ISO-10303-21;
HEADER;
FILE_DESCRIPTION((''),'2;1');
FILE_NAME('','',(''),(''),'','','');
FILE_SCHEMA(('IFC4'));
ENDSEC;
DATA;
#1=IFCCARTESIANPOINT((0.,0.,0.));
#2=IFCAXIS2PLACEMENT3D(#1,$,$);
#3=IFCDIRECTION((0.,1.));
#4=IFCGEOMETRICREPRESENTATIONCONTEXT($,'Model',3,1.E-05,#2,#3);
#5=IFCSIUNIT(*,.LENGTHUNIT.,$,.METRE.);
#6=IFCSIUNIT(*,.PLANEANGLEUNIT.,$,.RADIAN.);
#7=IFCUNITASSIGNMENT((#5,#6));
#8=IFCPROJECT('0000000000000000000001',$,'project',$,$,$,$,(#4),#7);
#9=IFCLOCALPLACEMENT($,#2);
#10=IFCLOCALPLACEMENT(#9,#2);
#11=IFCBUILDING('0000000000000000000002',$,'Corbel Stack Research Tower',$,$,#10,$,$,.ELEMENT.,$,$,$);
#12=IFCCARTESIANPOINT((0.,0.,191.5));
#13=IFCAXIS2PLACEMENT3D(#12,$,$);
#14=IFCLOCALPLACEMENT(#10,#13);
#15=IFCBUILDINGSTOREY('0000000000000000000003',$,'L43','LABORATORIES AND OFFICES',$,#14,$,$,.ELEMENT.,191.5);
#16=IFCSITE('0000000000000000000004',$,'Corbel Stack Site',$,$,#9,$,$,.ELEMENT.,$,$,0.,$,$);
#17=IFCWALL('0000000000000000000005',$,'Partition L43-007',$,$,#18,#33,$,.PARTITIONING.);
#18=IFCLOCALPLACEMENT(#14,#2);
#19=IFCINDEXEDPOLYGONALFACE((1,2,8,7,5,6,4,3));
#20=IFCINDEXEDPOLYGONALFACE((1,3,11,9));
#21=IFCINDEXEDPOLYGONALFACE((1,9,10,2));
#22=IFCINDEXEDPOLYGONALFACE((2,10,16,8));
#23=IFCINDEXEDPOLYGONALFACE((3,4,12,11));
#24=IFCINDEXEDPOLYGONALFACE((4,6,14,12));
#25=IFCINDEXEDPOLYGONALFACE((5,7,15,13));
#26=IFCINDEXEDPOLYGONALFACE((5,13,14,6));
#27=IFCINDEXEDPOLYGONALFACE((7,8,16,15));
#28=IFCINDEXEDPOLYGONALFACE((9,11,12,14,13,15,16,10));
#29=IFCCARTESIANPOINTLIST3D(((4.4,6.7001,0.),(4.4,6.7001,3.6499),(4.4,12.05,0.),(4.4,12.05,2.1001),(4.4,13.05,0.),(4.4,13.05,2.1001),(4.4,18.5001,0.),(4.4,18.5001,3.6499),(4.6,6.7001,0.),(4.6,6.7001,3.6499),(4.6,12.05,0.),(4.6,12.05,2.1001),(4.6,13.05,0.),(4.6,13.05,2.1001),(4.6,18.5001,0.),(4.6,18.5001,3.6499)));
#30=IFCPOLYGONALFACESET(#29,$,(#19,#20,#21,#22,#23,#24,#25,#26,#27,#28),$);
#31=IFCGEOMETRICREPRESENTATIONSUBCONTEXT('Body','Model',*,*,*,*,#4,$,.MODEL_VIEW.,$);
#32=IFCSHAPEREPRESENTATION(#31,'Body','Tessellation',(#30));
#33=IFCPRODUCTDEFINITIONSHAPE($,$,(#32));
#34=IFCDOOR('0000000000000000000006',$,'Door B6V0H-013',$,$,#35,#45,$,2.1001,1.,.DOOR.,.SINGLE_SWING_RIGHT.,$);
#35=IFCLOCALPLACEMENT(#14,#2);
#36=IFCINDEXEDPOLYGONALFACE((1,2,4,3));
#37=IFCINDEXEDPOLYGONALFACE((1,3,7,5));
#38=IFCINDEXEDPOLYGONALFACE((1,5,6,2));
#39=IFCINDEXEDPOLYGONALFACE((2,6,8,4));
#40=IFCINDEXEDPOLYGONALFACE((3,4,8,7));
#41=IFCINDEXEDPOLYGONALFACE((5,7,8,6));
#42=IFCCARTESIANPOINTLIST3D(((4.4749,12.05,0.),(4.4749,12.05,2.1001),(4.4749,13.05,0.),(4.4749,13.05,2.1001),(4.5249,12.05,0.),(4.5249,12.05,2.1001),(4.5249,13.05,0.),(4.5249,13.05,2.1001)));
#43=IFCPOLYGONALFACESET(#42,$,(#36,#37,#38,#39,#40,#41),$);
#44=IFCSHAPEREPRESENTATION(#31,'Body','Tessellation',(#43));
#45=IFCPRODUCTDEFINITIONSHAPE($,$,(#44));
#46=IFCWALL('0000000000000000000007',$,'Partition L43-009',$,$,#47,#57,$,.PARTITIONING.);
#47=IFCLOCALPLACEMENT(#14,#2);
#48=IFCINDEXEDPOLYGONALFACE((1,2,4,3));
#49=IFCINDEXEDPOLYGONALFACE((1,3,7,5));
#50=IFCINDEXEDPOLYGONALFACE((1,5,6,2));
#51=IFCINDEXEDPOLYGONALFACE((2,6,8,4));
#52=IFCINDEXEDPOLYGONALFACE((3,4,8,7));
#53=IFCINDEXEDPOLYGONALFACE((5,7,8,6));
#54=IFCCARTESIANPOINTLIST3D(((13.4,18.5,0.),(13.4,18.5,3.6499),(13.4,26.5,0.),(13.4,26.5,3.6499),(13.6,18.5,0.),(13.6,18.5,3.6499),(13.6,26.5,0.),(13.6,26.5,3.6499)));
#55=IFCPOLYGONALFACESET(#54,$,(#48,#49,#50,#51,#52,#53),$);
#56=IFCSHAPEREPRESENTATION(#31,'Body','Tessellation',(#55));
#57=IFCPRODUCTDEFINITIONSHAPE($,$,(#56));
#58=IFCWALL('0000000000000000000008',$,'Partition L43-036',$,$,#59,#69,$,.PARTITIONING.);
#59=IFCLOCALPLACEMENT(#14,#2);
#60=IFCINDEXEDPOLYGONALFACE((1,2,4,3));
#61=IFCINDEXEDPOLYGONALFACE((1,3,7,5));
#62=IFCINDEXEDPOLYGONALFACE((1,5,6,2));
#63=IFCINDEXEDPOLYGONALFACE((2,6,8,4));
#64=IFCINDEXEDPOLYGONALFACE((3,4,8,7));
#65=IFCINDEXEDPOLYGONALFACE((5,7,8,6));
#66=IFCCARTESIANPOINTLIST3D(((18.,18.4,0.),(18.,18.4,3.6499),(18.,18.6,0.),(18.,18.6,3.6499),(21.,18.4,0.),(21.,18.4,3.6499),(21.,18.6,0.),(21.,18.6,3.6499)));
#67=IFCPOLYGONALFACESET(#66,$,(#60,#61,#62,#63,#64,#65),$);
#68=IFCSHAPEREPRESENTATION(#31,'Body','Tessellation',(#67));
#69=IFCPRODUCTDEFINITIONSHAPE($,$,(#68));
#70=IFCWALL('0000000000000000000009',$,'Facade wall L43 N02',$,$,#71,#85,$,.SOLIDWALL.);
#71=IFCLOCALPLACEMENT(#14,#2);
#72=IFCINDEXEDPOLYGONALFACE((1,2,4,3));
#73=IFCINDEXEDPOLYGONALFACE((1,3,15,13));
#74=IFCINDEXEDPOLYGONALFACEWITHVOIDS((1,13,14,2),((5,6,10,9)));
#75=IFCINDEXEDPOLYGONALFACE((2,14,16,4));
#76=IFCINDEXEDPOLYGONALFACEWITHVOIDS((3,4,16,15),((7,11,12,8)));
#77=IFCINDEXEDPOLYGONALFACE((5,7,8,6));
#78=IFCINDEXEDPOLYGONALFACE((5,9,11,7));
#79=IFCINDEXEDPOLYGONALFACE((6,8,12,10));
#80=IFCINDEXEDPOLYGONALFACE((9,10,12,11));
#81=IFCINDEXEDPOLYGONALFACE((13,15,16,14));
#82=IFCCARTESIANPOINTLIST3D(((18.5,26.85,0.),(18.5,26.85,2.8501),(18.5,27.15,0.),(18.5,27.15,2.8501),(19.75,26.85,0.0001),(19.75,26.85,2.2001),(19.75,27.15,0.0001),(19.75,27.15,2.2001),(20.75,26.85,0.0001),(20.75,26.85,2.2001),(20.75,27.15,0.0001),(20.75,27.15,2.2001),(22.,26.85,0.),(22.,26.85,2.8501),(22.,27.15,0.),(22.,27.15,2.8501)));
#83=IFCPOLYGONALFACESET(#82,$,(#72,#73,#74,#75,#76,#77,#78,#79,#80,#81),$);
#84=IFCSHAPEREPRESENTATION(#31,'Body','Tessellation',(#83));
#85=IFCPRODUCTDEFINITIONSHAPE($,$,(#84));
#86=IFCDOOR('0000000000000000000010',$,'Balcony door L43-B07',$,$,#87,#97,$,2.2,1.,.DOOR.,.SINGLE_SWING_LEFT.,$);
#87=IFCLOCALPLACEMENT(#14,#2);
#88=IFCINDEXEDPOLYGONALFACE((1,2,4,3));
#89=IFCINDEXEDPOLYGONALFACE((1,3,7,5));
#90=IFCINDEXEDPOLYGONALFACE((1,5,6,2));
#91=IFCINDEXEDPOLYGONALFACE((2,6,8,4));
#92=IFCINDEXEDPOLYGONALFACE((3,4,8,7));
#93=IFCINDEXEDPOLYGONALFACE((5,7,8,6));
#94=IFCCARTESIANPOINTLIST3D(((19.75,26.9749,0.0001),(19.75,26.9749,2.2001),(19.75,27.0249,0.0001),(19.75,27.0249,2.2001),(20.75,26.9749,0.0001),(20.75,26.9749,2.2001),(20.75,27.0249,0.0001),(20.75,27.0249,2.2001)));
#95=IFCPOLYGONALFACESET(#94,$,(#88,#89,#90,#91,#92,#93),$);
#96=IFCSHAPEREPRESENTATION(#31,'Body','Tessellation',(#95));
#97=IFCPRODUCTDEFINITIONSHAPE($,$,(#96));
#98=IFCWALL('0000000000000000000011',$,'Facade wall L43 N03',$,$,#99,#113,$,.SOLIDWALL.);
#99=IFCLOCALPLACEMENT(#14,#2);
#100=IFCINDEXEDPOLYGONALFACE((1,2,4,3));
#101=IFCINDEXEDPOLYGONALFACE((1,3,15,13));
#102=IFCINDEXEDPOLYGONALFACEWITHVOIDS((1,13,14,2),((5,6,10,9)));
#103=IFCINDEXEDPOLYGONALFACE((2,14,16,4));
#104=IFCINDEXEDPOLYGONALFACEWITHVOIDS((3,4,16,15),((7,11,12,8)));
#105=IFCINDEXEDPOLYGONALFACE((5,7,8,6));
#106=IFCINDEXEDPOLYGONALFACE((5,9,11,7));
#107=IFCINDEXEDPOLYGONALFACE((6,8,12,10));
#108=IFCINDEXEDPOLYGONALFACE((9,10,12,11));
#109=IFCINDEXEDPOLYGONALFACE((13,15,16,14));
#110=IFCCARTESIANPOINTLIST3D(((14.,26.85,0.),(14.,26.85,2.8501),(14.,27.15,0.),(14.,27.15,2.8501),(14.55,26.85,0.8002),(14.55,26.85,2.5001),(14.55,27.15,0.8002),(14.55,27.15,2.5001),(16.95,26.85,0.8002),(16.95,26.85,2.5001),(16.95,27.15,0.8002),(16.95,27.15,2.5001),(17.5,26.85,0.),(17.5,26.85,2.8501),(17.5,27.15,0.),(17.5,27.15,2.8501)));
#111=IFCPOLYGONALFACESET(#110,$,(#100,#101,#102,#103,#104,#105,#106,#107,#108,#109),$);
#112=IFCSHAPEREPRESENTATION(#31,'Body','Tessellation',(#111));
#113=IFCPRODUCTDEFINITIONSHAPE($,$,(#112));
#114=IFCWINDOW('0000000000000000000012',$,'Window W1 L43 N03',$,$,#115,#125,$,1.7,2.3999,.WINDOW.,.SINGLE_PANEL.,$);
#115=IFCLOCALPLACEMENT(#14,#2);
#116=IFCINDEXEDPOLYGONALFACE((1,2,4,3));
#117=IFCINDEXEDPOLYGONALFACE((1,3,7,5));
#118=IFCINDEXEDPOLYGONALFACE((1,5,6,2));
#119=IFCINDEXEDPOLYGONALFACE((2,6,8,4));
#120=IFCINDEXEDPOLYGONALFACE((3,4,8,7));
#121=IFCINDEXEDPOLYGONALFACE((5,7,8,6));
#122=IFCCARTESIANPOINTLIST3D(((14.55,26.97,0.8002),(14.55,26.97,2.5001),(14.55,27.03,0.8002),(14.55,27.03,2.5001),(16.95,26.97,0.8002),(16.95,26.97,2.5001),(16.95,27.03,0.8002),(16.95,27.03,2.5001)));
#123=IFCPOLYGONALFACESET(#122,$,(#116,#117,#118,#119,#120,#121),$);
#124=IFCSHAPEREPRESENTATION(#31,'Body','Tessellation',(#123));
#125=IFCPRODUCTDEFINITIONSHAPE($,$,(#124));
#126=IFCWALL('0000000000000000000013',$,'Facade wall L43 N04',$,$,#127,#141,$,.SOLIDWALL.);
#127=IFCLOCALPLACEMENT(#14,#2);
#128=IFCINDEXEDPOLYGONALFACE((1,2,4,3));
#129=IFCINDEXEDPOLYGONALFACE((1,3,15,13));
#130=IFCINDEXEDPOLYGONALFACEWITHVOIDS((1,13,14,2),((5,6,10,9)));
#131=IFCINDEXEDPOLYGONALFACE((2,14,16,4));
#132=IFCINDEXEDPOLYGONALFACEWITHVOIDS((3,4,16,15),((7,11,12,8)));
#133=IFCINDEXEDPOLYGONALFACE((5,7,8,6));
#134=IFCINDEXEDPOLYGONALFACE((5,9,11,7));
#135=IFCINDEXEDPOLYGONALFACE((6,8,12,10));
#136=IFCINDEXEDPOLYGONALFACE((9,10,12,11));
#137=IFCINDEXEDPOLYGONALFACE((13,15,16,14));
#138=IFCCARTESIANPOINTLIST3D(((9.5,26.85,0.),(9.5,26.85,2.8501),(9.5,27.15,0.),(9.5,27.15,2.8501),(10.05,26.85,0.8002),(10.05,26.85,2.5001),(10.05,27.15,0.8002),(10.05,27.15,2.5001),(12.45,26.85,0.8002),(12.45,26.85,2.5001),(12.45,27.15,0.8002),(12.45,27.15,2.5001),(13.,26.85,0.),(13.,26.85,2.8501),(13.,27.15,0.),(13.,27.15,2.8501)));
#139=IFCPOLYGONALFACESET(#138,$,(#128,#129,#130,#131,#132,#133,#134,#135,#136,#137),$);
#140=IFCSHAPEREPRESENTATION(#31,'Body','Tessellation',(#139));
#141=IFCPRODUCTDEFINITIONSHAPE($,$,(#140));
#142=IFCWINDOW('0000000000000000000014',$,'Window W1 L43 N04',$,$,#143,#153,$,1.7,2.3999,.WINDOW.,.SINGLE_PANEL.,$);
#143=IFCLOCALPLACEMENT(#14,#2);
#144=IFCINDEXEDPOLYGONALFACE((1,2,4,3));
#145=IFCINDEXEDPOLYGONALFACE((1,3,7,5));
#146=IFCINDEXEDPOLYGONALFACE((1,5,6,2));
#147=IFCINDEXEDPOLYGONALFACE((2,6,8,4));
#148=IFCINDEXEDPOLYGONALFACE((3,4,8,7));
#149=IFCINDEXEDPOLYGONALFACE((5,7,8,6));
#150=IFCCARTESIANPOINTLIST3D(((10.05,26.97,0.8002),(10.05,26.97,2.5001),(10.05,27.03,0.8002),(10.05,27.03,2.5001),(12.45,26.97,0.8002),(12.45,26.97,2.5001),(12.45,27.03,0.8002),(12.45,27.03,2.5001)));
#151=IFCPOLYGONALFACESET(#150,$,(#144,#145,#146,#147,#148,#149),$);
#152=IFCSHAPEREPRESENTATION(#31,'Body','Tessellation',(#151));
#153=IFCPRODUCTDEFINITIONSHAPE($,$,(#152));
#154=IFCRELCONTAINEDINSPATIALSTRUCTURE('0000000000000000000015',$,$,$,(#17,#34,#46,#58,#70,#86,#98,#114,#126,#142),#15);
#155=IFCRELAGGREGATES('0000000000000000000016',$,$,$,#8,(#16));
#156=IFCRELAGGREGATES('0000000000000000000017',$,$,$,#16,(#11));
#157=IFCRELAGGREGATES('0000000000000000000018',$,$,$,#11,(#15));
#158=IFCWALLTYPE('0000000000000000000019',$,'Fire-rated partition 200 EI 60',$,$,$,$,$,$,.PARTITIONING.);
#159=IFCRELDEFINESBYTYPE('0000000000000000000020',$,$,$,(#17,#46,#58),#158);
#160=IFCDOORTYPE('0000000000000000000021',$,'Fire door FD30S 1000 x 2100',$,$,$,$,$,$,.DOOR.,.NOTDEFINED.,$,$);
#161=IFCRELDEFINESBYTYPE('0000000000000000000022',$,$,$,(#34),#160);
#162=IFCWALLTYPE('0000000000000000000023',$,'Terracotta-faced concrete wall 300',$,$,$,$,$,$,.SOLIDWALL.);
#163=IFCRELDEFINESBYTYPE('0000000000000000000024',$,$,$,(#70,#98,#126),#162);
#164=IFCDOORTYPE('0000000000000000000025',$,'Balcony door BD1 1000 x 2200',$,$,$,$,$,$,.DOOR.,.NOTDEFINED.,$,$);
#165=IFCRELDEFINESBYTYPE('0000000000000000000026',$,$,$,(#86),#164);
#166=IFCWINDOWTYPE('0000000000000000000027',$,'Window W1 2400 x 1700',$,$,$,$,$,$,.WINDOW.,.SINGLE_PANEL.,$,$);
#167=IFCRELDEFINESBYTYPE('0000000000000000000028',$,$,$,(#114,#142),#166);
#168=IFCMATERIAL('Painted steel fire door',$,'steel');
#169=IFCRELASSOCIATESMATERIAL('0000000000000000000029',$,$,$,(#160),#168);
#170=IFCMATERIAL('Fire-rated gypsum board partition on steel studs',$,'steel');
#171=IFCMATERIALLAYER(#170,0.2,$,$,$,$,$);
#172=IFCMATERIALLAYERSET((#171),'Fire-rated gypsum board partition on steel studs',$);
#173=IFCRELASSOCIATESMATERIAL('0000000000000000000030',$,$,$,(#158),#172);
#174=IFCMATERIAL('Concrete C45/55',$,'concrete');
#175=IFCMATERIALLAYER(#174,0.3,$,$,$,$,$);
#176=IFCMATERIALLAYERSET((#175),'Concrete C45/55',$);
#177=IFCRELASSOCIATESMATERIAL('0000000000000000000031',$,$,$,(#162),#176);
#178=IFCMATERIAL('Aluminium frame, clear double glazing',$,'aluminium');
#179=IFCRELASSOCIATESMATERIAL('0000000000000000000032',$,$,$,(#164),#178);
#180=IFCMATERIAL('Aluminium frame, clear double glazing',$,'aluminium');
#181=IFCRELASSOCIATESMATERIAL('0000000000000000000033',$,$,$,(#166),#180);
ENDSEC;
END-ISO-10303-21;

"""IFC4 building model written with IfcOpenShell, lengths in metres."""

from ifc_helpers import new_model, si_unit, direction, frame, frame_2d, origin, place, context, subcontext, project, spatial, rectangle, extrude, material, layer, layer_set, type_object, element, fill, save


model = new_model("IFC4")

# Units and contexts
model_context = context("Model", 3, precision=1e-05, world=origin(), true_north=direction((0.0, 1.0)))
body_context = subcontext(model_context, "Body", "Model", "MODEL_VIEW")
ifc_project = project(units=[si_unit("LENGTHUNIT", "METRE"), si_unit("PLANEANGLEUNIT", "RADIAN")], contexts=[model_context])

# Site, building, storey
site_placement = place(None, origin())
site = spatial("IfcSite", under=ifc_project, at=site_placement, Name="Corbel Stack Site", CompositionType="ELEMENT", RefElevation=0.0)
building_placement = place(site_placement, origin())
building = spatial("IfcBuilding", under=site, at=building_placement, Name="Corbel Stack Research Tower", CompositionType="ELEMENT")
storey_placement = place(building_placement, frame((0.0, 0.0, 191.5)))
storey = spatial("IfcBuildingStorey", under=building, at=storey_placement, Name="L43", Description="LABORATORIES AND OFFICES", CompositionType="ELEMENT", Elevation=191.5)

# Wall, opening, door
ifc_material_1 = material(Name="Painted steel fire door", Category="steel")
door_type_1 = type_object("IfcDoorType", Name="Fire door FD30S 1000 x 2100", OperationType="NOTDEFINED", PredefinedType="DOOR", material=ifc_material_1)
ifc_material_2 = material(Name="Fire-rated gypsum board partition on steel studs", Category="steel")
ifc_layer_1 = layer(ifc_material_2, 0.2)
ifc_layer_set_1 = layer_set([ifc_layer_1], Name="Fire-rated gypsum board partition on steel studs")
wall_type_1 = type_object("IfcWallType", Name="Fire-rated partition 200 EI 60", PredefinedType="PARTITIONING", material=ifc_layer_set_1)
wall_1_placement = place(storey_placement, frame((4.5, 18.5, 0.0), z_axis=(0.0, 0.0, 1.0), x_axis=(0.0, -1.0, 0.0)))
wall_1 = element("IfcWall", 1, at=wall_1_placement, inside=storey, type_object=wall_type_1, Name="Partition L43-007", PredefinedType="PARTITIONING", context=body_context, shape_type="SweptSolid", body=[
    extrude(rectangle(XDim=11.8, YDim=0.2, at=frame_2d((5.8999, 0.0))), origin(), (0.0, 0.0, 1.0), 3.6499),
])
opening_1_placement = place(wall_1_placement, frame((5.45, 0.0, 0.0)))
opening_1 = element("IfcOpeningElement", 2, at=opening_1_placement, cuts=wall_1, PredefinedType="OPENING", context=body_context, shape_type="SweptSolid", body=[
    extrude(rectangle(XDim=1.0, YDim=2.1001, at=frame_2d((0.5, 1.05))), frame((0.0, 0.1099, 0.0), z_axis=(0.0, -1.0, 0.0), x_axis=(1.0, 0.0, 0.0)), (0.0, 0.0, 1.0), 0.22),
])
door_1_placement = place(opening_1_placement, origin())
door_1 = element("IfcDoor", 3, at=door_1_placement, inside=storey, type_object=door_type_1, Name="Door B6V0H-013", OperationType="SINGLE_SWING_RIGHT", OverallHeight=2.1001, OverallWidth=1.0, PredefinedType="DOOR", context=body_context, shape_type="SweptSolid", body=[
    extrude(rectangle(XDim=1.0, YDim=2.1001, at=frame_2d((0.5, 1.05))), frame((0.0, 0.0249, 0.0), z_axis=(0.0, -1.0, 0.0), x_axis=(1.0, 0.0, 0.0)), (0.0, 0.0, 1.0), 0.05),
])
fill(opening_1, door_1)

# Walls
wall_2_placement = place(storey_placement, frame((13.5, 18.5, 0.0), z_axis=(0.0, 0.0, 1.0), x_axis=(0.0, 1.0, 0.0)))
element("IfcWall", 4, at=wall_2_placement, inside=storey, type_object=wall_type_1, Name="Partition L43-009", PredefinedType="PARTITIONING", context=body_context, shape_type="SweptSolid", body=[
    extrude(rectangle(XDim=8.0, YDim=0.2, at=frame_2d((4.0, 0.0))), origin(), (0.0, 0.0, 1.0), 3.6499),
])
wall_3_placement = place(storey_placement, frame((18.0, 18.5, 0.0), z_axis=(0.0, 0.0, 1.0), x_axis=(1.0, 0.0, 0.0)))
element("IfcWall", 5, at=wall_3_placement, inside=storey, type_object=wall_type_1, Name="Partition L43-036", PredefinedType="PARTITIONING", context=body_context, shape_type="SweptSolid", body=[
    extrude(rectangle(XDim=3.0, YDim=0.2, at=frame_2d((1.5, 0.0))), origin(), (0.0, 0.0, 1.0), 3.6499),
])

# Wall, opening, door
ifc_material_3 = material(Name="Concrete C45/55", Category="concrete")
ifc_layer_2 = layer(ifc_material_3, 0.3)
ifc_layer_set_2 = layer_set([ifc_layer_2], Name="Concrete C45/55")
wall_type_2 = type_object("IfcWallType", Name="Terracotta-faced concrete wall 300", PredefinedType="SOLIDWALL", material=ifc_layer_set_2)
wall_4_placement = place(storey_placement, frame((18.5, 27.0, 0.0), z_axis=(0.0, 0.0, 1.0), x_axis=(1.0, 0.0, 0.0)))
wall_4 = element("IfcWall", 6, at=wall_4_placement, inside=storey, type_object=wall_type_2, Name="Facade wall L43 N02", PredefinedType="SOLIDWALL", context=body_context, shape_type="SweptSolid", body=[
    extrude(rectangle(XDim=3.5, YDim=0.3, at=frame_2d((1.75, 0.0))), origin(), (0.0, 0.0, 1.0), 2.8501),
])
opening_2_placement = place(wall_4_placement, frame((1.25, 0.0, 0.0)))
opening_2 = element("IfcOpeningElement", 7, at=opening_2_placement, cuts=wall_4, PredefinedType="OPENING", context=body_context, shape_type="SweptSolid", body=[
    extrude(rectangle(XDim=1.0, YDim=2.2, at=frame_2d((0.5, 1.1001))), frame((0.0, 0.1599, 0.0), z_axis=(0.0, -1.0, 0.0), x_axis=(1.0, 0.0, 0.0)), (0.0, 0.0, 1.0), 0.3201),
])
ifc_material_4 = material(Name="Aluminium frame, clear double glazing", Category="aluminium")
door_type_2 = type_object("IfcDoorType", Name="Balcony door BD1 1000 x 2200", OperationType="NOTDEFINED", PredefinedType="DOOR", material=ifc_material_4)
door_2_placement = place(opening_2_placement, origin())
door_2 = element("IfcDoor", 8, at=door_2_placement, inside=storey, type_object=door_type_2, Name="Balcony door L43-B07", OperationType="SINGLE_SWING_LEFT", OverallHeight=2.2, OverallWidth=1.0, PredefinedType="DOOR", context=body_context, shape_type="SweptSolid", body=[
    extrude(rectangle(XDim=1.0, YDim=2.2, at=frame_2d((0.5, 1.1001))), frame((0.0, 0.0249, 0.0), z_axis=(0.0, -1.0, 0.0), x_axis=(1.0, 0.0, 0.0)), (0.0, 0.0, 1.0), 0.05),
])
fill(opening_2, door_2)

# Walls, openings, windows
wall_5_placement = place(storey_placement, frame((14.0, 27.0, 0.0), z_axis=(0.0, 0.0, 1.0), x_axis=(1.0, 0.0, 0.0)))
wall_5 = element("IfcWall", 9, at=wall_5_placement, inside=storey, type_object=wall_type_2, Name="Facade wall L43 N03", PredefinedType="SOLIDWALL", context=body_context, shape_type="SweptSolid", body=[
    extrude(rectangle(XDim=3.5, YDim=0.3, at=frame_2d((1.75, 0.0))), origin(), (0.0, 0.0, 1.0), 2.8501),
])
opening_3_placement = place(wall_5_placement, frame((0.55, 0.0, 0.8)))
opening_3 = element("IfcOpeningElement", 10, at=opening_3_placement, cuts=wall_5, PredefinedType="OPENING", context=body_context, shape_type="SweptSolid", body=[
    extrude(rectangle(XDim=2.3999, YDim=1.7, at=frame_2d((1.2, 0.8501))), frame((0.0, 0.1599, 0.0), z_axis=(0.0, -1.0, 0.0), x_axis=(1.0, 0.0, 0.0)), (0.0, 0.0, 1.0), 0.3201),
])
ifc_material_5 = material(Name="Aluminium frame, clear double glazing", Category="aluminium")
window_type = type_object("IfcWindowType", Name="Window W1 2400 x 1700", PartitioningType="SINGLE_PANEL", PredefinedType="WINDOW", material=ifc_material_5)
window_1_placement = place(opening_3_placement, origin())
window_1 = element("IfcWindow", 11, at=window_1_placement, inside=storey, type_object=window_type, Name="Window W1 L43 N03", OverallHeight=1.7, OverallWidth=2.3999, PartitioningType="SINGLE_PANEL", PredefinedType="WINDOW", context=body_context, shape_type="SweptSolid", body=[
    extrude(rectangle(XDim=2.3999, YDim=1.7, at=frame_2d((1.2, 0.8501))), frame((0.0, 0.03, 0.0), z_axis=(0.0, -1.0, 0.0), x_axis=(1.0, 0.0, 0.0)), (0.0, 0.0, 1.0), 0.0601),
])
fill(opening_3, window_1)
wall_6_placement = place(storey_placement, frame((9.5, 27.0, 0.0), z_axis=(0.0, 0.0, 1.0), x_axis=(1.0, 0.0, 0.0)))
wall_6 = element("IfcWall", 12, at=wall_6_placement, inside=storey, type_object=wall_type_2, Name="Facade wall L43 N04", PredefinedType="SOLIDWALL", context=body_context, shape_type="SweptSolid", body=[
    extrude(rectangle(XDim=3.5, YDim=0.3, at=frame_2d((1.75, 0.0))), origin(), (0.0, 0.0, 1.0), 2.8501),
])
opening_4_placement = place(wall_6_placement, frame((0.55, 0.0, 0.8)))
opening_4 = element("IfcOpeningElement", 13, at=opening_4_placement, cuts=wall_6, PredefinedType="OPENING", context=body_context, shape_type="SweptSolid", body=[
    extrude(rectangle(XDim=2.3999, YDim=1.7, at=frame_2d((1.2, 0.8501))), frame((0.0, 0.1599, 0.0), z_axis=(0.0, -1.0, 0.0), x_axis=(1.0, 0.0, 0.0)), (0.0, 0.0, 1.0), 0.3201),
])
window_2_placement = place(opening_4_placement, origin())
window_2 = element("IfcWindow", 14, at=window_2_placement, inside=storey, type_object=window_type, Name="Window W1 L43 N04", OverallHeight=1.7, OverallWidth=2.3999, PartitioningType="SINGLE_PANEL", PredefinedType="WINDOW", context=body_context, shape_type="SweptSolid", body=[
    extrude(rectangle(XDim=2.3999, YDim=1.7, at=frame_2d((1.2, 0.8501))), frame((0.0, 0.03, 0.0), z_axis=(0.0, -1.0, 0.0), x_axis=(1.0, 0.0, 0.0)), (0.0, 0.0, 1.0), 0.0601),
])
fill(opening_4, window_2)

save(model, "model.ifc")
